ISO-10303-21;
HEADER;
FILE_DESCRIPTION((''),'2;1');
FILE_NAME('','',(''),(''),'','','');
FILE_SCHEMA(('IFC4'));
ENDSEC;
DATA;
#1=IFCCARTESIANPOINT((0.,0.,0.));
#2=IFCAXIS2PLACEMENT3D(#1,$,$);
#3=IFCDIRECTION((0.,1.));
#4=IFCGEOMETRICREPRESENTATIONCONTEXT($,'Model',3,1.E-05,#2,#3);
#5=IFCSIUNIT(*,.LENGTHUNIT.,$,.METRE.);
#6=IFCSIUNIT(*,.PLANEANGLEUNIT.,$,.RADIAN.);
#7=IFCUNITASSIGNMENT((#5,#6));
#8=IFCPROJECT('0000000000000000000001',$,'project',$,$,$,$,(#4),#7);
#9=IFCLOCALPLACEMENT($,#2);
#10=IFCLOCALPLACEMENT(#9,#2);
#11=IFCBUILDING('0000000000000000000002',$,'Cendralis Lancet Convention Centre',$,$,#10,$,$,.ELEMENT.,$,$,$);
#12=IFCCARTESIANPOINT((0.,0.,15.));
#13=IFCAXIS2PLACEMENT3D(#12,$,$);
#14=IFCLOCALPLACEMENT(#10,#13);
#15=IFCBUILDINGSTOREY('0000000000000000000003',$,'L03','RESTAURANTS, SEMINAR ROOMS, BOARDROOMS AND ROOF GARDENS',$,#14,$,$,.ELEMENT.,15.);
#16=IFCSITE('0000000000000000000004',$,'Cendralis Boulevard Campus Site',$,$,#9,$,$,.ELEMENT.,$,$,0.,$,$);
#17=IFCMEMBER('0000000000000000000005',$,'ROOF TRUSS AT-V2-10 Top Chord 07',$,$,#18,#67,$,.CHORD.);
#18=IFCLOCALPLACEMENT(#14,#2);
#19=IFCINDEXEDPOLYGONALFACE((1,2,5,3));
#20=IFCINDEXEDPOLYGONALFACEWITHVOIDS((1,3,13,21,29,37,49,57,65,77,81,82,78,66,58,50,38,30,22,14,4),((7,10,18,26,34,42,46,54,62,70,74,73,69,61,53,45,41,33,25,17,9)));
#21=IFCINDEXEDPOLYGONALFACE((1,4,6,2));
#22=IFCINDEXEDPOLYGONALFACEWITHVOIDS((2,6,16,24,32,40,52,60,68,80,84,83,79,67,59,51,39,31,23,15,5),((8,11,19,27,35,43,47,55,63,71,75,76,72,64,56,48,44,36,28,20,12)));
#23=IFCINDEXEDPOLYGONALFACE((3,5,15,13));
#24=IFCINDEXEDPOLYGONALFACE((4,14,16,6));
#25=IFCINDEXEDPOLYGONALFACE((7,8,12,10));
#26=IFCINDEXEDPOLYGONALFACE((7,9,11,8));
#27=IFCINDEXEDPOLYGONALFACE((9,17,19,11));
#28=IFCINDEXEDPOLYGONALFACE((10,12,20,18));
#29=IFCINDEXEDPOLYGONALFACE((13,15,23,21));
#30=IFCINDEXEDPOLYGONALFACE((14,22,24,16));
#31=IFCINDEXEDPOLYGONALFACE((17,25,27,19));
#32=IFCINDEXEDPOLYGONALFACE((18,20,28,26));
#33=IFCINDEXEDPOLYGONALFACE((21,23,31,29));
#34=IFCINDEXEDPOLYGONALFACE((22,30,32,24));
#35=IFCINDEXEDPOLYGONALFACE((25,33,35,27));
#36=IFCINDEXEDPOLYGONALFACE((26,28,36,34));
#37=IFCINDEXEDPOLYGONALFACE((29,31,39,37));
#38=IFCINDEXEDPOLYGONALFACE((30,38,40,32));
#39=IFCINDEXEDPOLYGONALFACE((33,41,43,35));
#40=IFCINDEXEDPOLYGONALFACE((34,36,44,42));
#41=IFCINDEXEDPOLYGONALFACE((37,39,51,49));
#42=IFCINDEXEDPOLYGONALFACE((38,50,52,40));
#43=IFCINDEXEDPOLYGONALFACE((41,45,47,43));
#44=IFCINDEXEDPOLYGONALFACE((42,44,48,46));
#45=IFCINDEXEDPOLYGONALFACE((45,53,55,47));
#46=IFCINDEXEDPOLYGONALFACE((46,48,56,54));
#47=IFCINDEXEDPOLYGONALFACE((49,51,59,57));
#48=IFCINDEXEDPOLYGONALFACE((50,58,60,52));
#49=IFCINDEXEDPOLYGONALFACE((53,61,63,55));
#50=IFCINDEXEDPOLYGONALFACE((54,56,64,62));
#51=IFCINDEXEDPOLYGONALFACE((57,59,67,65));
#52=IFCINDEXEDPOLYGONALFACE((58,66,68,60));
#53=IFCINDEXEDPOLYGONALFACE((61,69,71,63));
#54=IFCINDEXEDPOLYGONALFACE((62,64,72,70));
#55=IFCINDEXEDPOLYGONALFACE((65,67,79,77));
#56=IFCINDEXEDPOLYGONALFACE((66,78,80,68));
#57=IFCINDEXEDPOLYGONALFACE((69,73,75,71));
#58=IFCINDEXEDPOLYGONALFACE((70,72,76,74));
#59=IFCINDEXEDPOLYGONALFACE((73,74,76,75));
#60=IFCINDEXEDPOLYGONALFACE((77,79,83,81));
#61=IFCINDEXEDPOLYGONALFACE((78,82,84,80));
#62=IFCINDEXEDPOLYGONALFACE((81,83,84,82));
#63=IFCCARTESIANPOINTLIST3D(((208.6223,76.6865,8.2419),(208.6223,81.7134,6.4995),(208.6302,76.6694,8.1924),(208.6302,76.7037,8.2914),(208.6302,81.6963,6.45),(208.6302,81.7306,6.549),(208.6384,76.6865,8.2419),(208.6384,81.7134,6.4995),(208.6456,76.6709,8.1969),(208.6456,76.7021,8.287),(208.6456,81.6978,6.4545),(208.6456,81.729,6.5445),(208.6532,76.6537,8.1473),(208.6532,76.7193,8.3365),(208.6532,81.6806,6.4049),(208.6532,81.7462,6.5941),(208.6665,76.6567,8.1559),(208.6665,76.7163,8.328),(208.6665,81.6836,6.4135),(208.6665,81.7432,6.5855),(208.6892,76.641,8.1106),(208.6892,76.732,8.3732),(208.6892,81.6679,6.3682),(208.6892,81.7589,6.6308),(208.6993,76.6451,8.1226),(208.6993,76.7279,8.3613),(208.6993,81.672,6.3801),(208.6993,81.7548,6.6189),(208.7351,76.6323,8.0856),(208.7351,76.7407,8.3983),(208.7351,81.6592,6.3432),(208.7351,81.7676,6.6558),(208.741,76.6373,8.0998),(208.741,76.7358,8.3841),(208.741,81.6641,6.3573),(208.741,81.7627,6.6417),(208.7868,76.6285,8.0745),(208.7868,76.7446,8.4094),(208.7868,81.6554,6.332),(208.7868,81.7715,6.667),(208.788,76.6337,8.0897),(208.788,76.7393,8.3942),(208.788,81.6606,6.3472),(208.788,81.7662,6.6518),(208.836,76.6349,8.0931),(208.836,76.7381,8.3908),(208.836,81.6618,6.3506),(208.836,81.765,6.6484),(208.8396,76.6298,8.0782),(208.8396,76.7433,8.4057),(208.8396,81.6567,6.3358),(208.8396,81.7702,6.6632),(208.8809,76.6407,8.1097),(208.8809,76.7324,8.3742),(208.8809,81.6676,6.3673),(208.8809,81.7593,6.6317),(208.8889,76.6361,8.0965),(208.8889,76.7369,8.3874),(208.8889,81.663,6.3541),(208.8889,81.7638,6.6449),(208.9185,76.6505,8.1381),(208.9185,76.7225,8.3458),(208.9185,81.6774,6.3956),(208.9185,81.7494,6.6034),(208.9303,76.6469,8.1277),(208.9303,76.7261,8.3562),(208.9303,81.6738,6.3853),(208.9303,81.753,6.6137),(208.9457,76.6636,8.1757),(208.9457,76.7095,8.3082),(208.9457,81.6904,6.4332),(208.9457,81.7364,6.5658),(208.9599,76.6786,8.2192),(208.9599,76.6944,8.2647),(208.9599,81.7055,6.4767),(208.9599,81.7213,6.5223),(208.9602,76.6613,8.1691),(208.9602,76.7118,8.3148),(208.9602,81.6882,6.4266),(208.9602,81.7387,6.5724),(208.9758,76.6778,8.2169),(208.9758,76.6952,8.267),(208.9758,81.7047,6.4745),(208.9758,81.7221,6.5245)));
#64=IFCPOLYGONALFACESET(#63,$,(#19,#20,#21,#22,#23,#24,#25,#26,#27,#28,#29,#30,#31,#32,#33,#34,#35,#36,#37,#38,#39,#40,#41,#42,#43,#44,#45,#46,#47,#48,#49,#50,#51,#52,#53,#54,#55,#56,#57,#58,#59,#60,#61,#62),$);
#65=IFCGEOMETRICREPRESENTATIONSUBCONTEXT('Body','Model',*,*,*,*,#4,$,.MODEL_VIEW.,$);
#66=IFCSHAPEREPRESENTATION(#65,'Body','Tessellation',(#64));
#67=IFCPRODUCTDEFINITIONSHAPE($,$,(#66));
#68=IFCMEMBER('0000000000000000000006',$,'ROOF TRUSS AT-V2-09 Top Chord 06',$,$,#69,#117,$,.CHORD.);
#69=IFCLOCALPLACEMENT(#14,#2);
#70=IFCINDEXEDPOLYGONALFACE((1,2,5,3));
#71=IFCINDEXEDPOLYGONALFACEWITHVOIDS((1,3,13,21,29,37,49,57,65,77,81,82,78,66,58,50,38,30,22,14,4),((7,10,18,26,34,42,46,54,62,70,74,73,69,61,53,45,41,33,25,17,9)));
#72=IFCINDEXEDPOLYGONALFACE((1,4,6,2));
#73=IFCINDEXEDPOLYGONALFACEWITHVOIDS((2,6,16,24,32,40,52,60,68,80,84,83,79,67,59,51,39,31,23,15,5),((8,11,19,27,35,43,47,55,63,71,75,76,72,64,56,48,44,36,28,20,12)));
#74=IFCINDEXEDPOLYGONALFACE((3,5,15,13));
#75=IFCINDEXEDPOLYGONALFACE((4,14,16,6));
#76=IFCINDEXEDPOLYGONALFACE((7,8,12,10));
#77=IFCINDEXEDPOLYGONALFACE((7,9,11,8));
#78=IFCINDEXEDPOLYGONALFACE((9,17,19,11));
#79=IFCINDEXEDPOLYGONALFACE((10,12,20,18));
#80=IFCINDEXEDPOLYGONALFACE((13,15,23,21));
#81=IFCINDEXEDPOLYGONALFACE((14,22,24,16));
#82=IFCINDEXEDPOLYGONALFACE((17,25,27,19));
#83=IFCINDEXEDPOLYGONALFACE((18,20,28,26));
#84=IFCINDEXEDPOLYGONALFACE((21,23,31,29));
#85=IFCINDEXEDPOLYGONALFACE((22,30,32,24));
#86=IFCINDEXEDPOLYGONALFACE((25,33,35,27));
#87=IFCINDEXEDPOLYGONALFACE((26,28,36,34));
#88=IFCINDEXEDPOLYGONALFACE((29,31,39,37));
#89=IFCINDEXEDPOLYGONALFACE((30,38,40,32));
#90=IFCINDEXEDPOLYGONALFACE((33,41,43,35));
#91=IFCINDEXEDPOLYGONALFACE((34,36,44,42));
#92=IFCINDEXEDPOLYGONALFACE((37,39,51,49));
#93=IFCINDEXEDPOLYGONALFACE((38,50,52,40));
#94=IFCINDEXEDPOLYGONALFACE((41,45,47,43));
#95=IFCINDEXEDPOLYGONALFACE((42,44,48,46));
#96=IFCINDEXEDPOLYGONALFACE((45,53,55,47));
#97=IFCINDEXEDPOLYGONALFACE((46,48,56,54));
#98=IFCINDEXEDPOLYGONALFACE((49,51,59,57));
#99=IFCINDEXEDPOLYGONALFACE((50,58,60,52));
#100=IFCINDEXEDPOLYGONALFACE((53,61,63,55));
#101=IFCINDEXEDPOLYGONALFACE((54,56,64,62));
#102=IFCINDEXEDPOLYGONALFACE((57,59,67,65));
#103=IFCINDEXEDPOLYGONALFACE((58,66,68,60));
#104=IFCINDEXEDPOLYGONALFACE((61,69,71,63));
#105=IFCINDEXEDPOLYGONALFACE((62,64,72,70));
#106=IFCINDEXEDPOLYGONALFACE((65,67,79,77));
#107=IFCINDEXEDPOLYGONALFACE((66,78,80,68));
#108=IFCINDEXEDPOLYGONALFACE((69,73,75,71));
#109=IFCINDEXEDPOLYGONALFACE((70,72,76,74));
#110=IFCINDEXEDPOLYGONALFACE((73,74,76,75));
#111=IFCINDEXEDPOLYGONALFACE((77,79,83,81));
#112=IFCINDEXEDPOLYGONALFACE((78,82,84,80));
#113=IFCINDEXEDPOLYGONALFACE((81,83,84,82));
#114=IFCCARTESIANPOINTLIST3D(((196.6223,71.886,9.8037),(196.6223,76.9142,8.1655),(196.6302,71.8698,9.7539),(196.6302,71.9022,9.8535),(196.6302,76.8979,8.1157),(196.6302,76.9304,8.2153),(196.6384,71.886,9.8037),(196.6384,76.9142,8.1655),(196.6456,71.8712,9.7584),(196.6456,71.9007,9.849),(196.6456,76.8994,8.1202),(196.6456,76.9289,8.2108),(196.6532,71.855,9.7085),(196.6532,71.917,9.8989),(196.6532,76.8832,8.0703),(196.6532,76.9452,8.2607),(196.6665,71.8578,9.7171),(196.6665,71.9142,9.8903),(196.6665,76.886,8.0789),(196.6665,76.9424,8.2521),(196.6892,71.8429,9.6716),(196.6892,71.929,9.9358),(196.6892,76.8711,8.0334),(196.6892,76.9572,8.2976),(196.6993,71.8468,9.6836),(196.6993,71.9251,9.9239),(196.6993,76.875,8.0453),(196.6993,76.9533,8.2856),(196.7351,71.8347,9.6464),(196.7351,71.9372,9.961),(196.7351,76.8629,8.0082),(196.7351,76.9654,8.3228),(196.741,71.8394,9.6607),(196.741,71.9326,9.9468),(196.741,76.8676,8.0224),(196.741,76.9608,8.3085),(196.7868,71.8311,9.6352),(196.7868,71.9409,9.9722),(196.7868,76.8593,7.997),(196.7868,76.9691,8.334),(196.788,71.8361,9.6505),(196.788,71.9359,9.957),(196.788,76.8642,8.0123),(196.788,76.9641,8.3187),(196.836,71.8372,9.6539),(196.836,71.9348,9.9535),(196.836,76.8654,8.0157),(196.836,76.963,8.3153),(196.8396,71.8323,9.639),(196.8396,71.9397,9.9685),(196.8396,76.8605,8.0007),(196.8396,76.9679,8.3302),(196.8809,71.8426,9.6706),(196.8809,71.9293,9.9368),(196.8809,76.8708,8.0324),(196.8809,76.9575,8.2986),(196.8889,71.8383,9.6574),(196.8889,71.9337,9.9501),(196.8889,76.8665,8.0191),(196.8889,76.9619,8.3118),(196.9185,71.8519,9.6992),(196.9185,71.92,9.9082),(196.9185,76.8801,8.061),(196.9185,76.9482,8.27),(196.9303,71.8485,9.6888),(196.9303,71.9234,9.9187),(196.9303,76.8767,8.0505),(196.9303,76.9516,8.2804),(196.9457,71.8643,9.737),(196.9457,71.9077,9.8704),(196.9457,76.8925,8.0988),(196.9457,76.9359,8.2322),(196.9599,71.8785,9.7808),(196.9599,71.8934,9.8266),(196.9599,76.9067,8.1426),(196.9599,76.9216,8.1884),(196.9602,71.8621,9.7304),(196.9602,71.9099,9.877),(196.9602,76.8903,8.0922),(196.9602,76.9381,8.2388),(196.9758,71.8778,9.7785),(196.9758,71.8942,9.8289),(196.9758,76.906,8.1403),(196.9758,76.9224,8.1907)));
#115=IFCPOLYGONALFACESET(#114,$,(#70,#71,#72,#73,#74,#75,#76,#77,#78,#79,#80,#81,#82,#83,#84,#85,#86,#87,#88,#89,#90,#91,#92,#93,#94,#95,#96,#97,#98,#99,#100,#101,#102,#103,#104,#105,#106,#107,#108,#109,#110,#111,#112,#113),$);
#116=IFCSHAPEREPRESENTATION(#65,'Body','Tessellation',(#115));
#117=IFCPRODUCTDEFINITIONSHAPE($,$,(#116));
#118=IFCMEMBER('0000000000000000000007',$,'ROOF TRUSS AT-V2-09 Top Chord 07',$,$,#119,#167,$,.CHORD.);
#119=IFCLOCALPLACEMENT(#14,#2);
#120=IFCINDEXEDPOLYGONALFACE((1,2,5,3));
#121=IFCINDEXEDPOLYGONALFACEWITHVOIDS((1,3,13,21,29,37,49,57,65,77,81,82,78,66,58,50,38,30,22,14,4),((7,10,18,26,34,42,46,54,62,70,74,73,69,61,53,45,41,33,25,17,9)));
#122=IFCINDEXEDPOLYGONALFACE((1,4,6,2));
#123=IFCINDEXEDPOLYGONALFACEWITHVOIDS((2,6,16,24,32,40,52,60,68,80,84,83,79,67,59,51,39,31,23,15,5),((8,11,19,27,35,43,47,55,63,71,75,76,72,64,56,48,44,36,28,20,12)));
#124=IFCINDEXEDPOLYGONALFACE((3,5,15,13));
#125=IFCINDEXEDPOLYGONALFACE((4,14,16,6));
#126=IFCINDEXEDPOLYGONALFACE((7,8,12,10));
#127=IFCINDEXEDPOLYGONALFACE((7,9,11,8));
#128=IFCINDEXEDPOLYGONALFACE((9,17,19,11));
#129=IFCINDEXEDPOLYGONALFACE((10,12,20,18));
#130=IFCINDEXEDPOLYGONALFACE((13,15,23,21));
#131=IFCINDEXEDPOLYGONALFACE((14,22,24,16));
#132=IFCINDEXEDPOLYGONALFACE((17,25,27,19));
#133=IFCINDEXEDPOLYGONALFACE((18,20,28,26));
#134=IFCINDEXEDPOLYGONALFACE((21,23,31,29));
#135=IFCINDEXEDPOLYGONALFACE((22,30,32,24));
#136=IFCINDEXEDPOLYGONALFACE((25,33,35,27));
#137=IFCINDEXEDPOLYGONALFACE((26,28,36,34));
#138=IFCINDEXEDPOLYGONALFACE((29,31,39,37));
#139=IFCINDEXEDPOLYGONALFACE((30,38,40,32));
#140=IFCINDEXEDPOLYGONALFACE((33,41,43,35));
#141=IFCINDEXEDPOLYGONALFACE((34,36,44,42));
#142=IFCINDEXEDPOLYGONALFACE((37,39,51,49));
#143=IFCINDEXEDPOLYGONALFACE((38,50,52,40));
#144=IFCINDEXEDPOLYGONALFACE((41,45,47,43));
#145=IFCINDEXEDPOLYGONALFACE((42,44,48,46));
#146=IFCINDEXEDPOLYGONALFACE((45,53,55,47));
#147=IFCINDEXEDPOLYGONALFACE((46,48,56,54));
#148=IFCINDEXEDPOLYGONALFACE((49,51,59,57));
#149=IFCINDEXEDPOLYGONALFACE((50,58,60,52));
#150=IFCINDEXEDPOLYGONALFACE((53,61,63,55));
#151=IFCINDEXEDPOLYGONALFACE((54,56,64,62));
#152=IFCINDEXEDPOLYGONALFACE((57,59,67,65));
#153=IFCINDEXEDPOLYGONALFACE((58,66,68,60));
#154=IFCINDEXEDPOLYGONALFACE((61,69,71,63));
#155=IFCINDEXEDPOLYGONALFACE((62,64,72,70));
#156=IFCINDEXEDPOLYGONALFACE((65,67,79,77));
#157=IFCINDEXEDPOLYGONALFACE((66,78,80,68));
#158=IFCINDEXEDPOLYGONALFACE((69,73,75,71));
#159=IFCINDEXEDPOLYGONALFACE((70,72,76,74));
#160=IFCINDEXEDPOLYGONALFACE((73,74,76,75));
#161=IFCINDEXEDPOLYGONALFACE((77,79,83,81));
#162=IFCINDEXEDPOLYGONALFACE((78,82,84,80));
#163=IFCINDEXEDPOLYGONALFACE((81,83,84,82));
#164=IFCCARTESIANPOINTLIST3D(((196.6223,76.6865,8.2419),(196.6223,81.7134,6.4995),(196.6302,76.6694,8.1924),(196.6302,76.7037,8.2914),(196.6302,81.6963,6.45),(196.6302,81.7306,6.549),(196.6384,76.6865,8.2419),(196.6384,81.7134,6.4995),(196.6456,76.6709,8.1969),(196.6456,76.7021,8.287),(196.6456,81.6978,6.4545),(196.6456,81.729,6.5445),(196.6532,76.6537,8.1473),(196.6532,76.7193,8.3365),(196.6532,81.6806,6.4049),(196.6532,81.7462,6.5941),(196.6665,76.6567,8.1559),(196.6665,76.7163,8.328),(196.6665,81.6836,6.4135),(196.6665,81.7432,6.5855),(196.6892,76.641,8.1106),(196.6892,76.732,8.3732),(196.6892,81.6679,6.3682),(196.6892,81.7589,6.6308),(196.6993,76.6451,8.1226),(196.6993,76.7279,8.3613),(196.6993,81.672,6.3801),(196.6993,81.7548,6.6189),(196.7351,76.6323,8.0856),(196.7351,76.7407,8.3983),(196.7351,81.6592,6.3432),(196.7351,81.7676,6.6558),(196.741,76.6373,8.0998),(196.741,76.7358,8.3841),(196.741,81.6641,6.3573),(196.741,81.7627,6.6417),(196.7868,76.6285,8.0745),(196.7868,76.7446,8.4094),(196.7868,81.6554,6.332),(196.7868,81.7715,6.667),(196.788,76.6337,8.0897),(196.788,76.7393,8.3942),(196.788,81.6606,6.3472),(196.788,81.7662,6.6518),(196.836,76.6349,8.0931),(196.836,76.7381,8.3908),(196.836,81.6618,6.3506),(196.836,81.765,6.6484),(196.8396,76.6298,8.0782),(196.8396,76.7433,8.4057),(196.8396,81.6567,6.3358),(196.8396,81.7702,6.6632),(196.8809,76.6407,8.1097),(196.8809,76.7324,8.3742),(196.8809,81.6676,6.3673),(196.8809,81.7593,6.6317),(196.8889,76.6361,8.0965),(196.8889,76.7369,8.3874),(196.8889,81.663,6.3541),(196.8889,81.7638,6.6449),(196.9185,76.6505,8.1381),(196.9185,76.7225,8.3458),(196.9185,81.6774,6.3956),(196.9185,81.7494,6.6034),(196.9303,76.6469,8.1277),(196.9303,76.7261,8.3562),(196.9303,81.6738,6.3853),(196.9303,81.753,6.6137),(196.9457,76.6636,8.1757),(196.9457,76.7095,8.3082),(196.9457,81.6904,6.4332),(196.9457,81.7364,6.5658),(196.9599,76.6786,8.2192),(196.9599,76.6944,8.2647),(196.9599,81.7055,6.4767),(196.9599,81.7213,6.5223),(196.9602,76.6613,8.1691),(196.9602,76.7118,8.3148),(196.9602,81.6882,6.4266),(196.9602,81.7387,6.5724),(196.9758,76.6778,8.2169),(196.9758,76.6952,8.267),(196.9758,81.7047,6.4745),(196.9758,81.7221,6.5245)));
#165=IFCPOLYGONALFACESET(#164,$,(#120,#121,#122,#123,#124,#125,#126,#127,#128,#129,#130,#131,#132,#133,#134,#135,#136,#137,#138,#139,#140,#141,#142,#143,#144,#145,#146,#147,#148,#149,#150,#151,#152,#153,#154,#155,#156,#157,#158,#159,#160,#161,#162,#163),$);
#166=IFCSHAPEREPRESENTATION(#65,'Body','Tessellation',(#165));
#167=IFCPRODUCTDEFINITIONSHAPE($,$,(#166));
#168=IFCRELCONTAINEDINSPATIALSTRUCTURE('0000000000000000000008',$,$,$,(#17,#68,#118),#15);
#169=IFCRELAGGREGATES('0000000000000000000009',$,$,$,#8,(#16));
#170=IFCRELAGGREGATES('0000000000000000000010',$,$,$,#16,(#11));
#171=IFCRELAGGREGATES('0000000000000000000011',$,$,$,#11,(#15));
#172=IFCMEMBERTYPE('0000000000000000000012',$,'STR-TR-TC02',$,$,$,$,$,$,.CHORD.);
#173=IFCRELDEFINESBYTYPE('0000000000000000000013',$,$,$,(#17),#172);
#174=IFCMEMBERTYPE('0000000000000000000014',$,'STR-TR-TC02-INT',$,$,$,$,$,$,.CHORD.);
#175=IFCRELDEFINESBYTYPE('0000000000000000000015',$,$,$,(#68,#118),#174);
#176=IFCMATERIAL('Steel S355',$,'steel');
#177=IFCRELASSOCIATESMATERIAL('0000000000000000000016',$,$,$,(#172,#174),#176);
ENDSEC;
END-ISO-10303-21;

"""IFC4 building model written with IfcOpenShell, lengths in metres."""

from ifc_helpers import new_model, si_unit, direction, frame, origin, origin_2d, place, context, subcontext, project, spatial, hollow_circle, extrude, material, material_profile, profile_set, type_object, element, save


model = new_model("IFC4")

# Units and contexts
model_context = context("Model", 3, precision=1e-05, world=origin(), true_north=direction((0.0, 1.0)))
body_context = subcontext(model_context, "Body", "Model", "MODEL_VIEW")
ifc_project = project(units=[si_unit("LENGTHUNIT", "METRE"), si_unit("PLANEANGLEUNIT", "RADIAN")], contexts=[model_context])

# Site, building, storey
site_placement = place(None, origin())
site = spatial("IfcSite", under=ifc_project, at=site_placement, Name="Cendralis Boulevard Campus Site", CompositionType="ELEMENT", RefElevation=0.0)
building_placement = place(site_placement, origin())
building = spatial("IfcBuilding", under=site, at=building_placement, Name="Cendralis Lancet Convention Centre", CompositionType="ELEMENT")
storey_placement = place(building_placement, frame((0.0, 0.0, 15.0)))
storey = spatial("IfcBuildingStorey", under=building, at=storey_placement, Name="L03", Description="RESTAURANTS, SEMINAR ROOMS, BOARDROOMS AND ROOF GARDENS", CompositionType="ELEMENT", Elevation=15.0)

# Members
ifc_material_1 = material(Name="Steel S355", Category="steel")
ifc_material_profile_1 = material_profile(ifc_material_1, hollow_circle(Radius=0.1777, WallThickness=0.0161, at=origin_2d()), Name="CHS 355.6x16.0")
ifc_profile_set_1 = profile_set([ifc_material_profile_1], Name="Steel S355")
member_type_1 = type_object("IfcMemberType", Name="STR-TR-TC02", PredefinedType="CHORD", material=ifc_profile_set_1)
member_1_placement = place(storey_placement, frame((208.8, 76.6865, 8.2419), z_axis=(0.0, 0.944849, -0.327508), x_axis=(-1.0, 0.0, 0.0)))
element("IfcMember", 1, at=member_1_placement, inside=storey, type_object=member_type_1, Name="ROOF TRUSS AT-V2-10 Top Chord 07", PredefinedType="CHORD", context=body_context, shape_type="SweptSolid", body=[
    extrude(hollow_circle(Radius=0.1777, WallThickness=0.0161, at=origin_2d()), origin(), (0.0, 0.0, 1.0), 5.3203),
])
ifc_material_profile_2 = material_profile(ifc_material_1, hollow_circle(Radius=0.1777, WallThickness=0.0161, at=origin_2d()), Name="CHS 355.6x16.0")
ifc_profile_set_2 = profile_set([ifc_material_profile_2], Name="Steel S355")
member_type_2 = type_object("IfcMemberType", Name="STR-TR-TC02-INT", PredefinedType="CHORD", material=ifc_profile_set_2)
member_2_placement = place(storey_placement, frame((196.8, 71.886, 9.8037), z_axis=(0.0, 0.950808, -0.30978), x_axis=(-1.0, 0.0, 0.0)))
element("IfcMember", 2, at=member_2_placement, inside=storey, type_object=member_type_2, Name="ROOF TRUSS AT-V2-09 Top Chord 06", PredefinedType="CHORD", context=body_context, shape_type="SweptSolid", body=[
    extrude(hollow_circle(Radius=0.1777, WallThickness=0.0161, at=origin_2d()), origin(), (0.0, 0.0, 1.0), 5.2883),
])
member_3_placement = place(storey_placement, frame((196.8, 76.6865, 8.2419), z_axis=(0.0, 0.944849, -0.327508), x_axis=(-1.0, 0.0, 0.0)))
element("IfcMember", 3, at=member_3_placement, inside=storey, type_object=member_type_2, Name="ROOF TRUSS AT-V2-09 Top Chord 07", PredefinedType="CHORD", context=body_context, shape_type="SweptSolid", body=[
    extrude(hollow_circle(Radius=0.1777, WallThickness=0.0161, at=origin_2d()), origin(), (0.0, 0.0, 1.0), 5.3203),
])

save(model, "model.ifc")
